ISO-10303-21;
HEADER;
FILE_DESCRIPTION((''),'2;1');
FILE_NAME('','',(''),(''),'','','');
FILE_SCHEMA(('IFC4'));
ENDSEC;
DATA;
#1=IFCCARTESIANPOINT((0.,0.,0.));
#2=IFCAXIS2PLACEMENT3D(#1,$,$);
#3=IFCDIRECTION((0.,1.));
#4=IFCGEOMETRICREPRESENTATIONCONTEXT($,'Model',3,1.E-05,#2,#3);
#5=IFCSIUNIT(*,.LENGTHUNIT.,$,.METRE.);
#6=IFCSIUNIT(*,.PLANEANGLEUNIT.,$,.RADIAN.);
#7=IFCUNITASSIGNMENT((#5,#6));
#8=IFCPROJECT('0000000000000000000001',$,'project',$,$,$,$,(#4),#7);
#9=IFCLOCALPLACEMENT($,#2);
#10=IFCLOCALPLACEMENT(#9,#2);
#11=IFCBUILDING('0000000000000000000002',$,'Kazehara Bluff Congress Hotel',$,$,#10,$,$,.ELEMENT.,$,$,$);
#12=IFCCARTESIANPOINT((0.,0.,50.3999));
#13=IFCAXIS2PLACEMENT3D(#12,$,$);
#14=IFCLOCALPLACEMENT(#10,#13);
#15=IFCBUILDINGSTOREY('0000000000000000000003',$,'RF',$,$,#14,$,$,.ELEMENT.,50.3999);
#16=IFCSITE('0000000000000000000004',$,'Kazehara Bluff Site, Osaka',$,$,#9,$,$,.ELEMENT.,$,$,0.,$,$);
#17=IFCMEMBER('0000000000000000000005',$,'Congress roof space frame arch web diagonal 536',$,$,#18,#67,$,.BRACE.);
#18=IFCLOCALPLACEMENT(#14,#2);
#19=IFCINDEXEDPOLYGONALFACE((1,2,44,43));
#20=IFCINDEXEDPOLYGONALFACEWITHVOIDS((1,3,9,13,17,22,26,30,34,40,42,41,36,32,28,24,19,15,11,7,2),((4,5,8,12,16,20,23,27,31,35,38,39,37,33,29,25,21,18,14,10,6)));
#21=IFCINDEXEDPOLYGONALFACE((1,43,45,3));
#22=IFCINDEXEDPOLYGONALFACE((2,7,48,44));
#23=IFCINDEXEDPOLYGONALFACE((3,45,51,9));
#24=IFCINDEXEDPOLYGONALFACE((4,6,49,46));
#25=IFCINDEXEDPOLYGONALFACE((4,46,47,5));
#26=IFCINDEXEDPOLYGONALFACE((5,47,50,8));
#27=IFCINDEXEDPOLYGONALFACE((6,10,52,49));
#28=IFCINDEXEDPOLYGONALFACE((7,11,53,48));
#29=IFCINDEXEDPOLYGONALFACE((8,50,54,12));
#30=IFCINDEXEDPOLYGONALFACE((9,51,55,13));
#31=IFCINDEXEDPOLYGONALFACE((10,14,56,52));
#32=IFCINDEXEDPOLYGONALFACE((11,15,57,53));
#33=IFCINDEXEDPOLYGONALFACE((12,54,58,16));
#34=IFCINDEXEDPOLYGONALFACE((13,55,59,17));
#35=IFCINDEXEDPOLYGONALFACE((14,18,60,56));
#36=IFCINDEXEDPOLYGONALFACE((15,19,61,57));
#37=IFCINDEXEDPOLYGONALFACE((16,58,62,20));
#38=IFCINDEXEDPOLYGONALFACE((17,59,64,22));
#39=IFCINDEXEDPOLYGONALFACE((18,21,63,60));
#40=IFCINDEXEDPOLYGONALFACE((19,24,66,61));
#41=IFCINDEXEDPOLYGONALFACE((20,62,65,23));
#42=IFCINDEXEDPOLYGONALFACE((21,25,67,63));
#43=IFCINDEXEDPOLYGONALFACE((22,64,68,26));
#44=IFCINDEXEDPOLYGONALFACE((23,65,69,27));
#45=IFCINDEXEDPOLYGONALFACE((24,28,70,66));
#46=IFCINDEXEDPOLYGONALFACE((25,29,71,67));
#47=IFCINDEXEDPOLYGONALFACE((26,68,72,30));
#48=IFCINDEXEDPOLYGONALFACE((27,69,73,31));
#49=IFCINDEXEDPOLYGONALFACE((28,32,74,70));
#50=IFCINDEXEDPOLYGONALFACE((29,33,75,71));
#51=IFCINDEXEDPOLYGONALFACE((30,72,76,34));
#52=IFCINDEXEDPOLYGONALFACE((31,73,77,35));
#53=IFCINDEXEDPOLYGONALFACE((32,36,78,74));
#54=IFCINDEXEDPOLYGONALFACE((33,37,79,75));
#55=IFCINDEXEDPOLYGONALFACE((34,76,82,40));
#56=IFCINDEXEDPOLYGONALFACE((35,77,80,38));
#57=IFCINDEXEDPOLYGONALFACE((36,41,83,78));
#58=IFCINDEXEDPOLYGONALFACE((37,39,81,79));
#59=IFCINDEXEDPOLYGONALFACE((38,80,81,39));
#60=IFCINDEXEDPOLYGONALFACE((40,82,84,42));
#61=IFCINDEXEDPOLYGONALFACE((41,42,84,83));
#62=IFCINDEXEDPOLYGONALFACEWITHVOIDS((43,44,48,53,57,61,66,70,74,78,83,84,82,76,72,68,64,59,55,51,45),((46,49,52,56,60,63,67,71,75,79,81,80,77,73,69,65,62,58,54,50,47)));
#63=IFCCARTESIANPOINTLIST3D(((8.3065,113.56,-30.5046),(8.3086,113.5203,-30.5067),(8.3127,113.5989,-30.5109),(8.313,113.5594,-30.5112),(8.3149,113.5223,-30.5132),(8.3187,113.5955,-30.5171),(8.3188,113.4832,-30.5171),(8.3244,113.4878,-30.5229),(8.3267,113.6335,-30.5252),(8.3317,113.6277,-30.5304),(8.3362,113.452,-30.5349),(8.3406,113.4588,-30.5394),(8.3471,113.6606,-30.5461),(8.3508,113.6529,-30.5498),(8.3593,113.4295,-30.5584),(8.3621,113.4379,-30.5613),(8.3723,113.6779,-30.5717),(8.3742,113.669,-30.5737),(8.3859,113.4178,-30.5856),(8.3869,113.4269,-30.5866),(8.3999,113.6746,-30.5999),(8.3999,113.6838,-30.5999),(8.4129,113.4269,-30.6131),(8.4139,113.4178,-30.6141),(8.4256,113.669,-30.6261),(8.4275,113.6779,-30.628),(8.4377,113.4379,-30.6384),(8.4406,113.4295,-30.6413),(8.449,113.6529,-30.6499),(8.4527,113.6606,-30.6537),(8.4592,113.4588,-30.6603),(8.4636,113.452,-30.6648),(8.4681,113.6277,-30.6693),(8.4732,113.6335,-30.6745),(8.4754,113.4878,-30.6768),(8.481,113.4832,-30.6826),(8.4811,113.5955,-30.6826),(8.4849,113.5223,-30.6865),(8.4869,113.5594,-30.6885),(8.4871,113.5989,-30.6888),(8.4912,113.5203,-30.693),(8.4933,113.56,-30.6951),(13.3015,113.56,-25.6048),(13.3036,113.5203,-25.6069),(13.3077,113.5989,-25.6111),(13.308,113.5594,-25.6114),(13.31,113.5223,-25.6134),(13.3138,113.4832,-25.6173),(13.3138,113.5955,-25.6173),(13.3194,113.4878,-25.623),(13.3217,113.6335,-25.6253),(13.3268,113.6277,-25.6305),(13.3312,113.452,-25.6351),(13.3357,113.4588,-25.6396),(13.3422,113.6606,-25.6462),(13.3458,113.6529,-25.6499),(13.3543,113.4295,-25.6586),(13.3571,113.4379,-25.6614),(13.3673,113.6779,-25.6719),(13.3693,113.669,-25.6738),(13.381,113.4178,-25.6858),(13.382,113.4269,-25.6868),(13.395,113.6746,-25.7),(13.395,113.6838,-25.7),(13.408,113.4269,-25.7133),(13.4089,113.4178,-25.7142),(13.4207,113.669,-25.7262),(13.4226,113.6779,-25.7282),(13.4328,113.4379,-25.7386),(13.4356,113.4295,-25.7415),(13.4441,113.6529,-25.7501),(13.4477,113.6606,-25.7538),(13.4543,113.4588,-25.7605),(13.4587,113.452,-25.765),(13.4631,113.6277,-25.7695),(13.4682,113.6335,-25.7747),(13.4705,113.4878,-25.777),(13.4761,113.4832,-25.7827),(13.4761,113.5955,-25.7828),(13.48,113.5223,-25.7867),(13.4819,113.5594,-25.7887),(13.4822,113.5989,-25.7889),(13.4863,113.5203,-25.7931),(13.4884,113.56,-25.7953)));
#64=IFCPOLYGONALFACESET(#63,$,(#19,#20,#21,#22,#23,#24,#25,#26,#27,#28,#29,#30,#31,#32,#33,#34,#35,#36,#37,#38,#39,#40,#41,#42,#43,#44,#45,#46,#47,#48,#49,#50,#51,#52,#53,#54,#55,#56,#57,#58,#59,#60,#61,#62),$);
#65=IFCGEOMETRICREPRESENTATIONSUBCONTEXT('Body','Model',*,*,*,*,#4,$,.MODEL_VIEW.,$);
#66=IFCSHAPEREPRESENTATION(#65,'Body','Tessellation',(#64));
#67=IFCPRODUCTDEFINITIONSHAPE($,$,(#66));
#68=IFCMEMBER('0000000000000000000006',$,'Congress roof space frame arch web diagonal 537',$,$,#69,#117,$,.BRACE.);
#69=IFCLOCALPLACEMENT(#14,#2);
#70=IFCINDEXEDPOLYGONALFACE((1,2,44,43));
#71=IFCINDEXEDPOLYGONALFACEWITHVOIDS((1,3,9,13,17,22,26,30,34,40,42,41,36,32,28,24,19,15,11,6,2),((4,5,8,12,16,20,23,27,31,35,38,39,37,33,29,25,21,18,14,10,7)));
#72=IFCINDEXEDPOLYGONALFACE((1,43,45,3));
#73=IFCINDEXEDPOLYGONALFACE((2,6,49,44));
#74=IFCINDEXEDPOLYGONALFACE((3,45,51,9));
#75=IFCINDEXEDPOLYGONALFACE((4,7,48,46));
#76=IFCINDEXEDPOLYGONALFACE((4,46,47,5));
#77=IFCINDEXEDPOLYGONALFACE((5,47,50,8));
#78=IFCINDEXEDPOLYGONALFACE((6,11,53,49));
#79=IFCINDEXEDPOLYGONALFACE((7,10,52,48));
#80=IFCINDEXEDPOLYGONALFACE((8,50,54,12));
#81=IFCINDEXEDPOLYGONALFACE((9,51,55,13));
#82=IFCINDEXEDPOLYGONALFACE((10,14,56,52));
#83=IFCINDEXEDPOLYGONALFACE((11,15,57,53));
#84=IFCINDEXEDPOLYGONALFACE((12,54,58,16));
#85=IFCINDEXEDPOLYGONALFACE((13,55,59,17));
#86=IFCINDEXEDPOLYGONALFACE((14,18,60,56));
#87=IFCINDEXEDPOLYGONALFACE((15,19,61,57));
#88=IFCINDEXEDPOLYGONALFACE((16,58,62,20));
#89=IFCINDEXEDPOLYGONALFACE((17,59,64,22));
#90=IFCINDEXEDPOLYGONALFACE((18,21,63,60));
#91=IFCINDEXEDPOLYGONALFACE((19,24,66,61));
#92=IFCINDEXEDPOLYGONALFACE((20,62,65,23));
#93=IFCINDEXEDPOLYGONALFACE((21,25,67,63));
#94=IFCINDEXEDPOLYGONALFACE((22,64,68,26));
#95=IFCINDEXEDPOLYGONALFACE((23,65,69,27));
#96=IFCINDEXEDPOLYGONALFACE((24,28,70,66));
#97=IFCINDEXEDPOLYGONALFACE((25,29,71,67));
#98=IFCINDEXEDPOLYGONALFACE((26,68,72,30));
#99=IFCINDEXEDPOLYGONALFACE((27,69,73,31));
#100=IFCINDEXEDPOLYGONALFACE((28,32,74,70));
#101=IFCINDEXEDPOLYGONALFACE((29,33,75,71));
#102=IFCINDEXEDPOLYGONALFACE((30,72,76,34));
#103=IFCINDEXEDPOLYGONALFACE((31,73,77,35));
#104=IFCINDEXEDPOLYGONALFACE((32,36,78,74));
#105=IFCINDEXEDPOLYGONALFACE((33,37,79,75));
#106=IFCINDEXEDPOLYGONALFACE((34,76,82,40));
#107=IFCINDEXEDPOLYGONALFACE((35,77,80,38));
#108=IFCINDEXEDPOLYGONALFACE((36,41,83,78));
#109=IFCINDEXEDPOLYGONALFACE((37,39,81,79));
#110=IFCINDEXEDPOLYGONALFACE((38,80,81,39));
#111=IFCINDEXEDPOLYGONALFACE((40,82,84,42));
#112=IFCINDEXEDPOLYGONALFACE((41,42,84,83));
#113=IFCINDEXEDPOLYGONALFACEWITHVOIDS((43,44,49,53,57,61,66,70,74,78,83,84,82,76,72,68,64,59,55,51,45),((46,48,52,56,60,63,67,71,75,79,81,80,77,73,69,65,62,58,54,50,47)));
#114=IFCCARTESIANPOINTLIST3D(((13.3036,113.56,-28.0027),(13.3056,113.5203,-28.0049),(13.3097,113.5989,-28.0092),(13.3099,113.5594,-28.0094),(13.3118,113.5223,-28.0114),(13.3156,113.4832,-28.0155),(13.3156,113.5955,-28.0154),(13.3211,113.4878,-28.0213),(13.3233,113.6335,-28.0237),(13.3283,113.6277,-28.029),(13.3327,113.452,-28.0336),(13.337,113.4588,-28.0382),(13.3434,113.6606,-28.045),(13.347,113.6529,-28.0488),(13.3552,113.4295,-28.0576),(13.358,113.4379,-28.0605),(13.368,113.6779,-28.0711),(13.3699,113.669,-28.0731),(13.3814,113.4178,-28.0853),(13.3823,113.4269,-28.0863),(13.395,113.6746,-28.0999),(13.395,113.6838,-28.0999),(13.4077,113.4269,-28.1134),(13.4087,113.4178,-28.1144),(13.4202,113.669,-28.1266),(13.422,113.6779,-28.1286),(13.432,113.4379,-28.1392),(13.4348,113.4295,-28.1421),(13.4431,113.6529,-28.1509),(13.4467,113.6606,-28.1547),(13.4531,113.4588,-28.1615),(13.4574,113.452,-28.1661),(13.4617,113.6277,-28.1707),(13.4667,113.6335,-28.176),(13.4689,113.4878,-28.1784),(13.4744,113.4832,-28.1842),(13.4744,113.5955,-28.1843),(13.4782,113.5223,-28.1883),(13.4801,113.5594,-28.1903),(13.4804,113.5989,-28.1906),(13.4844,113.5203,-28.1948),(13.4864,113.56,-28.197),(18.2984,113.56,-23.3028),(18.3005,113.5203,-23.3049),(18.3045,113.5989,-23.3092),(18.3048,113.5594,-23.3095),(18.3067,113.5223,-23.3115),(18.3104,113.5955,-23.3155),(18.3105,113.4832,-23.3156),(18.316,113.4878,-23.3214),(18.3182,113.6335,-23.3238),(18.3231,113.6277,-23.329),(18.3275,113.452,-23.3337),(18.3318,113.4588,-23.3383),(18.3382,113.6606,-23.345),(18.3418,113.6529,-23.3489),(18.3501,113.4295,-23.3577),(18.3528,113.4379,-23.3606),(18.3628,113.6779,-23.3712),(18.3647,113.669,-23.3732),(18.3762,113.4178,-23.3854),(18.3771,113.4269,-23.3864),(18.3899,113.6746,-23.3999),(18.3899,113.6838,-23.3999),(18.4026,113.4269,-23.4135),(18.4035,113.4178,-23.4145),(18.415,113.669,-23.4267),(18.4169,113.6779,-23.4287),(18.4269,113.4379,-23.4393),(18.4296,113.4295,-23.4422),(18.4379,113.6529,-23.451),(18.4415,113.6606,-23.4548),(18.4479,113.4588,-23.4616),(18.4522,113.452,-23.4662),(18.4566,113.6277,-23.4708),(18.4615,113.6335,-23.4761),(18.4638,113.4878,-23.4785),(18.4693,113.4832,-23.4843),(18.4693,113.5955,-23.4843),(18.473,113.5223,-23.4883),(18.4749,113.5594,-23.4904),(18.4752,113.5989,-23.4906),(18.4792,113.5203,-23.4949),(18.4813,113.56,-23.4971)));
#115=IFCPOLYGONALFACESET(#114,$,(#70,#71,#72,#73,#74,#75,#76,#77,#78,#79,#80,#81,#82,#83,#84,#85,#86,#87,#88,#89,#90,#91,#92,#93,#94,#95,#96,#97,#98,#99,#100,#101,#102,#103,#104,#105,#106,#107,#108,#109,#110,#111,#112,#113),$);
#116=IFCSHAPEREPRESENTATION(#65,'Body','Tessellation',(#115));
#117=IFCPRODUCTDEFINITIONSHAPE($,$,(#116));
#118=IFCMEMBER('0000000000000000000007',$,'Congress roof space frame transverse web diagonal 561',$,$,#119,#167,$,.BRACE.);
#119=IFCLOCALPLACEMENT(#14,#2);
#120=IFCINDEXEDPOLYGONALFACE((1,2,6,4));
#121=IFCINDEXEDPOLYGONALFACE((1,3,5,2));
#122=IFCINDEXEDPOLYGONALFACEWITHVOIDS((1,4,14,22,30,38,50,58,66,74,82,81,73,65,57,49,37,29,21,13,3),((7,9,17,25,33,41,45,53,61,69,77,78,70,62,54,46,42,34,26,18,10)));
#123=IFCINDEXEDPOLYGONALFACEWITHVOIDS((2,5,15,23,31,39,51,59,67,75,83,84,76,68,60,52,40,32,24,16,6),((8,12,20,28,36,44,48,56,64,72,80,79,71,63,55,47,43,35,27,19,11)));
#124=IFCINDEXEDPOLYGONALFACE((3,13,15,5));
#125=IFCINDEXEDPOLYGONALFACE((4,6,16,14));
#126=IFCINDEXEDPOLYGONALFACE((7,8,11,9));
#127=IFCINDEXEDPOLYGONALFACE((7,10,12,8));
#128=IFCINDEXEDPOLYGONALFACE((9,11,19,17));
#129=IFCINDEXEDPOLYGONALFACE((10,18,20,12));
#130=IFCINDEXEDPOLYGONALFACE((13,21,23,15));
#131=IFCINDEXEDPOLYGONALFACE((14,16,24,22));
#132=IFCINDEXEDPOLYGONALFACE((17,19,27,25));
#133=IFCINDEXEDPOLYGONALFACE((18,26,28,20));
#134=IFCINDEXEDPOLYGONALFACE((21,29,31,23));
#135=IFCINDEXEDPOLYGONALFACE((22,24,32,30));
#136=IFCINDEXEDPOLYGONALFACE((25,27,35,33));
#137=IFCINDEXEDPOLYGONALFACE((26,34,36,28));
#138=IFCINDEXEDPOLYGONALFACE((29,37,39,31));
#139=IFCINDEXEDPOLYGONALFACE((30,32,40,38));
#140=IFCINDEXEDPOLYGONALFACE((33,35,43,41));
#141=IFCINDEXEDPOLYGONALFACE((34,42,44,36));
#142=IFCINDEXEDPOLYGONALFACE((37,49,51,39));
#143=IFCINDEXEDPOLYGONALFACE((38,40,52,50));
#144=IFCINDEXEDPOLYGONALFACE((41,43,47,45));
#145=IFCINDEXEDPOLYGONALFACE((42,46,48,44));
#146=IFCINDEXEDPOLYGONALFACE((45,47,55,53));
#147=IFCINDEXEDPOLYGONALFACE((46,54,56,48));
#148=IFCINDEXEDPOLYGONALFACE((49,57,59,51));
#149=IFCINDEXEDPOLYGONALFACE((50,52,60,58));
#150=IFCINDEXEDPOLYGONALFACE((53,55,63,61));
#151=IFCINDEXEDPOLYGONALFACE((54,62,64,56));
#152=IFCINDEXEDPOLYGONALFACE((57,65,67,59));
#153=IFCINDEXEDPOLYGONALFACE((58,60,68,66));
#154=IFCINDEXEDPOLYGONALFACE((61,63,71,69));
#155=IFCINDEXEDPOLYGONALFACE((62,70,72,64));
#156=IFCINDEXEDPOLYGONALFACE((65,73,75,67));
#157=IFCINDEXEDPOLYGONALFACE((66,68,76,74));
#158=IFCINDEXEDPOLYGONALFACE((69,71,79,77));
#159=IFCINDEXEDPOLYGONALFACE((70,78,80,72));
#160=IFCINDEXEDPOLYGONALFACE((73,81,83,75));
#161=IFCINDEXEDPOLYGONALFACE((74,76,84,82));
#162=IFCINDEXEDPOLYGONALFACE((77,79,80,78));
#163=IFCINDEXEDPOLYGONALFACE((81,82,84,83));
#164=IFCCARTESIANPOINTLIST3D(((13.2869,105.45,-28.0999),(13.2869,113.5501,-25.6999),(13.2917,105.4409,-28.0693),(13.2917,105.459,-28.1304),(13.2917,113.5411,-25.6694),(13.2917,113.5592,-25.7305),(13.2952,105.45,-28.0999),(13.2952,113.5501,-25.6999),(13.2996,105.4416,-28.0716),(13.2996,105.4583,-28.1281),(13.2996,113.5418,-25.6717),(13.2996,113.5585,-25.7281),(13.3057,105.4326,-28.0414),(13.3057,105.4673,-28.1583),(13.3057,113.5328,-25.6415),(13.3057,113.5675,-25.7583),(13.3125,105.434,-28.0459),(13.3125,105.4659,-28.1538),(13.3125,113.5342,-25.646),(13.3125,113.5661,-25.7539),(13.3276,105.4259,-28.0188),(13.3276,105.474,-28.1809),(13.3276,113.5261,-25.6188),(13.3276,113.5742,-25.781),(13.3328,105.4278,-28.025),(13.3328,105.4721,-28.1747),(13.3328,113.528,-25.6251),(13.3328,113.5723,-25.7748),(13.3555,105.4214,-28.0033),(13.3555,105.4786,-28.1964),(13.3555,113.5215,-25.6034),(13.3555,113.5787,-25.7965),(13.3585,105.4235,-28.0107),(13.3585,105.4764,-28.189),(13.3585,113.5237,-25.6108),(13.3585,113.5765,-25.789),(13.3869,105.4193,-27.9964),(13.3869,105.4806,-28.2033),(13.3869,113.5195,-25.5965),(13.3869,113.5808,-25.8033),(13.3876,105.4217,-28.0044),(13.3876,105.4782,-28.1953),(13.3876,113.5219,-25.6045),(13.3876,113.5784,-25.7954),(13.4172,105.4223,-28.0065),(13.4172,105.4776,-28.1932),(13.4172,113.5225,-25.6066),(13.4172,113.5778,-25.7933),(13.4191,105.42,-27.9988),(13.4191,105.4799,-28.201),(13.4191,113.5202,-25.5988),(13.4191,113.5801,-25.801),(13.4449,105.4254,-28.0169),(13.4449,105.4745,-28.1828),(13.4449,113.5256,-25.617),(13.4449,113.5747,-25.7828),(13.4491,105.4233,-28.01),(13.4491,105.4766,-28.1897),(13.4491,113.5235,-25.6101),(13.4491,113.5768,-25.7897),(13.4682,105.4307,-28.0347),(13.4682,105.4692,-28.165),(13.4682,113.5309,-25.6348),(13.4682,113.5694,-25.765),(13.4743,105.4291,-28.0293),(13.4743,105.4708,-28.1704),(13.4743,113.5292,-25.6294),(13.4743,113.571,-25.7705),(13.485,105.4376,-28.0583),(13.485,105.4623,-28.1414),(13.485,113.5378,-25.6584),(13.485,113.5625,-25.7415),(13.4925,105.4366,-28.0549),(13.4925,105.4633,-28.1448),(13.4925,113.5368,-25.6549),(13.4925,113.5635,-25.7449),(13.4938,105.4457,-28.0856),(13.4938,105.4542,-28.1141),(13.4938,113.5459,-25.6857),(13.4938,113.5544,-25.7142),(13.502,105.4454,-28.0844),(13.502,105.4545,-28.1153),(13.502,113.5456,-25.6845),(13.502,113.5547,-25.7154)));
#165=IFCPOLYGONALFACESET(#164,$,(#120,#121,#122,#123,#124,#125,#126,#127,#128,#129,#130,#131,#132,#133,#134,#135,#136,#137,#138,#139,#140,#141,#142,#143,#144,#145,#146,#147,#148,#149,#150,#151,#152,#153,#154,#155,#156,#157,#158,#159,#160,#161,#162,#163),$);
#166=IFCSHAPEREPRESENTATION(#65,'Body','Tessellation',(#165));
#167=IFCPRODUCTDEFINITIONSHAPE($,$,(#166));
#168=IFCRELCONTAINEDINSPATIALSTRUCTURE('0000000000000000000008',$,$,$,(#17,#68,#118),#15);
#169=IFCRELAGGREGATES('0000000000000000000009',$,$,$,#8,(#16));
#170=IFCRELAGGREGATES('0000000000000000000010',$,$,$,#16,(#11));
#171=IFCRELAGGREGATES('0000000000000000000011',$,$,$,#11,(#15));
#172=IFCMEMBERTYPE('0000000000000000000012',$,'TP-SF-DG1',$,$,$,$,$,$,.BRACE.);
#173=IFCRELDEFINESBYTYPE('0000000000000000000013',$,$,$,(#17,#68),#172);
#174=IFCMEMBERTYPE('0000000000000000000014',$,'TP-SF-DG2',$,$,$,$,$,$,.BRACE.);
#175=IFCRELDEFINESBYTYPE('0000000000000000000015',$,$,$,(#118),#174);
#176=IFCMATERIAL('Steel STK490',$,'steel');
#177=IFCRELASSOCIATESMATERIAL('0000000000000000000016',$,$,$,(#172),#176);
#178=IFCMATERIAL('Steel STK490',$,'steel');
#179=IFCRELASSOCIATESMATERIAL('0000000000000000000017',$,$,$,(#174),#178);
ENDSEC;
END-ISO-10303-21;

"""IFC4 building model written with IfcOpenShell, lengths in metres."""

from ifc_helpers import new_model, si_unit, direction, frame, origin, origin_2d, place, context, subcontext, project, spatial, hollow_circle, extrude, material, material_profile, profile_set, type_object, element, save


model = new_model("IFC4")

# Units and contexts
model_context = context("Model", 3, precision=1e-05, world=origin(), true_north=direction((0.0, 1.0)))
body_context = subcontext(model_context, "Body", "Model", "MODEL_VIEW")
ifc_project = project(units=[si_unit("LENGTHUNIT", "METRE"), si_unit("PLANEANGLEUNIT", "RADIAN")], contexts=[model_context])

# Site, building, storey
site_placement = place(None, origin())
site = spatial("IfcSite", under=ifc_project, at=site_placement, Name="Kazehara Bluff Site, Osaka", CompositionType="ELEMENT", RefElevation=0.0)
building_placement = place(site_placement, origin())
building = spatial("IfcBuilding", under=site, at=building_placement, Name="Kazehara Bluff Congress Hotel", CompositionType="ELEMENT")
storey_placement = place(building_placement, frame((0.0, 0.0, 50.3999)))
storey = spatial("IfcBuildingStorey", under=building, at=storey_placement, Name="RF", CompositionType="ELEMENT", Elevation=50.3999)

# Members
ifc_material_1 = material(Name="Steel STK490", Category="steel")
ifc_material_profile_1 = material_profile(ifc_material_1, hollow_circle(Radius=0.1338, WallThickness=0.0093, at=origin_2d()))
ifc_profile_set_1 = profile_set([ifc_material_profile_1], Name="Steel STK490")
member_type_1 = type_object("IfcMemberType", Name="TP-SF-DG1", PredefinedType="BRACE", material=ifc_profile_set_1)
member_1_placement = place(storey_placement, frame((8.3999, 113.55, -30.5999), z_axis=(0.713878, 0.0, 0.70027), x_axis=(0.0, 1.0, 0.0)))
element("IfcMember", 1, at=member_1_placement, inside=storey, type_object=member_type_1, Name="Congress roof space frame arch web diagonal 536", PredefinedType="BRACE", context=body_context, shape_type="SweptSolid", body=[
    extrude(hollow_circle(Radius=0.1338, WallThickness=0.0093, at=origin_2d()), origin(), (0.0, 0.0, 1.0), 6.9971),
])
member_2_placement = place(storey_placement, frame((13.395, 113.55, -28.0999), z_axis=(0.72828, 0.0, 0.685279), x_axis=(0.0, 1.0, 0.0)))
element("IfcMember", 2, at=member_2_placement, inside=storey, type_object=member_type_1, Name="Congress roof space frame arch web diagonal 537", PredefinedType="BRACE", context=body_context, shape_type="SweptSolid", body=[
    extrude(hollow_circle(Radius=0.1338, WallThickness=0.0093, at=origin_2d()), origin(), (0.0, 0.0, 1.0), 6.8584),
])
ifc_material_2 = material(Name="Steel STK490", Category="steel")
ifc_material_profile_2 = material_profile(ifc_material_2, hollow_circle(Radius=0.1082, WallThickness=0.0083, at=origin_2d()))
ifc_profile_set_2 = profile_set([ifc_material_profile_2], Name="Steel STK490")
member_type_2 = type_object("IfcMemberType", Name="TP-SF-DG2", PredefinedType="BRACE", material=ifc_profile_set_2)
for number, where, z_axis, x_axis, name in (
    (3, (13.395, 105.45, -28.0999), (0.0, 0.958802, 0.284075), (-1.0, 0.0, 0.0), "Congress roof space frame transverse web diagonal 561"),
):
    element("IfcMember", number, at=place(storey_placement, frame(where, z_axis=z_axis, x_axis=x_axis)), inside=storey, type_object=member_type_2, Name=name, PredefinedType="BRACE", context=body_context, shape_type="SweptSolid", body=[
        extrude(hollow_circle(Radius=0.1082, WallThickness=0.0083, at=origin_2d()), origin(), (0.0, 0.0, 1.0), 8.4482),
    ])

save(model, "model.ifc")
